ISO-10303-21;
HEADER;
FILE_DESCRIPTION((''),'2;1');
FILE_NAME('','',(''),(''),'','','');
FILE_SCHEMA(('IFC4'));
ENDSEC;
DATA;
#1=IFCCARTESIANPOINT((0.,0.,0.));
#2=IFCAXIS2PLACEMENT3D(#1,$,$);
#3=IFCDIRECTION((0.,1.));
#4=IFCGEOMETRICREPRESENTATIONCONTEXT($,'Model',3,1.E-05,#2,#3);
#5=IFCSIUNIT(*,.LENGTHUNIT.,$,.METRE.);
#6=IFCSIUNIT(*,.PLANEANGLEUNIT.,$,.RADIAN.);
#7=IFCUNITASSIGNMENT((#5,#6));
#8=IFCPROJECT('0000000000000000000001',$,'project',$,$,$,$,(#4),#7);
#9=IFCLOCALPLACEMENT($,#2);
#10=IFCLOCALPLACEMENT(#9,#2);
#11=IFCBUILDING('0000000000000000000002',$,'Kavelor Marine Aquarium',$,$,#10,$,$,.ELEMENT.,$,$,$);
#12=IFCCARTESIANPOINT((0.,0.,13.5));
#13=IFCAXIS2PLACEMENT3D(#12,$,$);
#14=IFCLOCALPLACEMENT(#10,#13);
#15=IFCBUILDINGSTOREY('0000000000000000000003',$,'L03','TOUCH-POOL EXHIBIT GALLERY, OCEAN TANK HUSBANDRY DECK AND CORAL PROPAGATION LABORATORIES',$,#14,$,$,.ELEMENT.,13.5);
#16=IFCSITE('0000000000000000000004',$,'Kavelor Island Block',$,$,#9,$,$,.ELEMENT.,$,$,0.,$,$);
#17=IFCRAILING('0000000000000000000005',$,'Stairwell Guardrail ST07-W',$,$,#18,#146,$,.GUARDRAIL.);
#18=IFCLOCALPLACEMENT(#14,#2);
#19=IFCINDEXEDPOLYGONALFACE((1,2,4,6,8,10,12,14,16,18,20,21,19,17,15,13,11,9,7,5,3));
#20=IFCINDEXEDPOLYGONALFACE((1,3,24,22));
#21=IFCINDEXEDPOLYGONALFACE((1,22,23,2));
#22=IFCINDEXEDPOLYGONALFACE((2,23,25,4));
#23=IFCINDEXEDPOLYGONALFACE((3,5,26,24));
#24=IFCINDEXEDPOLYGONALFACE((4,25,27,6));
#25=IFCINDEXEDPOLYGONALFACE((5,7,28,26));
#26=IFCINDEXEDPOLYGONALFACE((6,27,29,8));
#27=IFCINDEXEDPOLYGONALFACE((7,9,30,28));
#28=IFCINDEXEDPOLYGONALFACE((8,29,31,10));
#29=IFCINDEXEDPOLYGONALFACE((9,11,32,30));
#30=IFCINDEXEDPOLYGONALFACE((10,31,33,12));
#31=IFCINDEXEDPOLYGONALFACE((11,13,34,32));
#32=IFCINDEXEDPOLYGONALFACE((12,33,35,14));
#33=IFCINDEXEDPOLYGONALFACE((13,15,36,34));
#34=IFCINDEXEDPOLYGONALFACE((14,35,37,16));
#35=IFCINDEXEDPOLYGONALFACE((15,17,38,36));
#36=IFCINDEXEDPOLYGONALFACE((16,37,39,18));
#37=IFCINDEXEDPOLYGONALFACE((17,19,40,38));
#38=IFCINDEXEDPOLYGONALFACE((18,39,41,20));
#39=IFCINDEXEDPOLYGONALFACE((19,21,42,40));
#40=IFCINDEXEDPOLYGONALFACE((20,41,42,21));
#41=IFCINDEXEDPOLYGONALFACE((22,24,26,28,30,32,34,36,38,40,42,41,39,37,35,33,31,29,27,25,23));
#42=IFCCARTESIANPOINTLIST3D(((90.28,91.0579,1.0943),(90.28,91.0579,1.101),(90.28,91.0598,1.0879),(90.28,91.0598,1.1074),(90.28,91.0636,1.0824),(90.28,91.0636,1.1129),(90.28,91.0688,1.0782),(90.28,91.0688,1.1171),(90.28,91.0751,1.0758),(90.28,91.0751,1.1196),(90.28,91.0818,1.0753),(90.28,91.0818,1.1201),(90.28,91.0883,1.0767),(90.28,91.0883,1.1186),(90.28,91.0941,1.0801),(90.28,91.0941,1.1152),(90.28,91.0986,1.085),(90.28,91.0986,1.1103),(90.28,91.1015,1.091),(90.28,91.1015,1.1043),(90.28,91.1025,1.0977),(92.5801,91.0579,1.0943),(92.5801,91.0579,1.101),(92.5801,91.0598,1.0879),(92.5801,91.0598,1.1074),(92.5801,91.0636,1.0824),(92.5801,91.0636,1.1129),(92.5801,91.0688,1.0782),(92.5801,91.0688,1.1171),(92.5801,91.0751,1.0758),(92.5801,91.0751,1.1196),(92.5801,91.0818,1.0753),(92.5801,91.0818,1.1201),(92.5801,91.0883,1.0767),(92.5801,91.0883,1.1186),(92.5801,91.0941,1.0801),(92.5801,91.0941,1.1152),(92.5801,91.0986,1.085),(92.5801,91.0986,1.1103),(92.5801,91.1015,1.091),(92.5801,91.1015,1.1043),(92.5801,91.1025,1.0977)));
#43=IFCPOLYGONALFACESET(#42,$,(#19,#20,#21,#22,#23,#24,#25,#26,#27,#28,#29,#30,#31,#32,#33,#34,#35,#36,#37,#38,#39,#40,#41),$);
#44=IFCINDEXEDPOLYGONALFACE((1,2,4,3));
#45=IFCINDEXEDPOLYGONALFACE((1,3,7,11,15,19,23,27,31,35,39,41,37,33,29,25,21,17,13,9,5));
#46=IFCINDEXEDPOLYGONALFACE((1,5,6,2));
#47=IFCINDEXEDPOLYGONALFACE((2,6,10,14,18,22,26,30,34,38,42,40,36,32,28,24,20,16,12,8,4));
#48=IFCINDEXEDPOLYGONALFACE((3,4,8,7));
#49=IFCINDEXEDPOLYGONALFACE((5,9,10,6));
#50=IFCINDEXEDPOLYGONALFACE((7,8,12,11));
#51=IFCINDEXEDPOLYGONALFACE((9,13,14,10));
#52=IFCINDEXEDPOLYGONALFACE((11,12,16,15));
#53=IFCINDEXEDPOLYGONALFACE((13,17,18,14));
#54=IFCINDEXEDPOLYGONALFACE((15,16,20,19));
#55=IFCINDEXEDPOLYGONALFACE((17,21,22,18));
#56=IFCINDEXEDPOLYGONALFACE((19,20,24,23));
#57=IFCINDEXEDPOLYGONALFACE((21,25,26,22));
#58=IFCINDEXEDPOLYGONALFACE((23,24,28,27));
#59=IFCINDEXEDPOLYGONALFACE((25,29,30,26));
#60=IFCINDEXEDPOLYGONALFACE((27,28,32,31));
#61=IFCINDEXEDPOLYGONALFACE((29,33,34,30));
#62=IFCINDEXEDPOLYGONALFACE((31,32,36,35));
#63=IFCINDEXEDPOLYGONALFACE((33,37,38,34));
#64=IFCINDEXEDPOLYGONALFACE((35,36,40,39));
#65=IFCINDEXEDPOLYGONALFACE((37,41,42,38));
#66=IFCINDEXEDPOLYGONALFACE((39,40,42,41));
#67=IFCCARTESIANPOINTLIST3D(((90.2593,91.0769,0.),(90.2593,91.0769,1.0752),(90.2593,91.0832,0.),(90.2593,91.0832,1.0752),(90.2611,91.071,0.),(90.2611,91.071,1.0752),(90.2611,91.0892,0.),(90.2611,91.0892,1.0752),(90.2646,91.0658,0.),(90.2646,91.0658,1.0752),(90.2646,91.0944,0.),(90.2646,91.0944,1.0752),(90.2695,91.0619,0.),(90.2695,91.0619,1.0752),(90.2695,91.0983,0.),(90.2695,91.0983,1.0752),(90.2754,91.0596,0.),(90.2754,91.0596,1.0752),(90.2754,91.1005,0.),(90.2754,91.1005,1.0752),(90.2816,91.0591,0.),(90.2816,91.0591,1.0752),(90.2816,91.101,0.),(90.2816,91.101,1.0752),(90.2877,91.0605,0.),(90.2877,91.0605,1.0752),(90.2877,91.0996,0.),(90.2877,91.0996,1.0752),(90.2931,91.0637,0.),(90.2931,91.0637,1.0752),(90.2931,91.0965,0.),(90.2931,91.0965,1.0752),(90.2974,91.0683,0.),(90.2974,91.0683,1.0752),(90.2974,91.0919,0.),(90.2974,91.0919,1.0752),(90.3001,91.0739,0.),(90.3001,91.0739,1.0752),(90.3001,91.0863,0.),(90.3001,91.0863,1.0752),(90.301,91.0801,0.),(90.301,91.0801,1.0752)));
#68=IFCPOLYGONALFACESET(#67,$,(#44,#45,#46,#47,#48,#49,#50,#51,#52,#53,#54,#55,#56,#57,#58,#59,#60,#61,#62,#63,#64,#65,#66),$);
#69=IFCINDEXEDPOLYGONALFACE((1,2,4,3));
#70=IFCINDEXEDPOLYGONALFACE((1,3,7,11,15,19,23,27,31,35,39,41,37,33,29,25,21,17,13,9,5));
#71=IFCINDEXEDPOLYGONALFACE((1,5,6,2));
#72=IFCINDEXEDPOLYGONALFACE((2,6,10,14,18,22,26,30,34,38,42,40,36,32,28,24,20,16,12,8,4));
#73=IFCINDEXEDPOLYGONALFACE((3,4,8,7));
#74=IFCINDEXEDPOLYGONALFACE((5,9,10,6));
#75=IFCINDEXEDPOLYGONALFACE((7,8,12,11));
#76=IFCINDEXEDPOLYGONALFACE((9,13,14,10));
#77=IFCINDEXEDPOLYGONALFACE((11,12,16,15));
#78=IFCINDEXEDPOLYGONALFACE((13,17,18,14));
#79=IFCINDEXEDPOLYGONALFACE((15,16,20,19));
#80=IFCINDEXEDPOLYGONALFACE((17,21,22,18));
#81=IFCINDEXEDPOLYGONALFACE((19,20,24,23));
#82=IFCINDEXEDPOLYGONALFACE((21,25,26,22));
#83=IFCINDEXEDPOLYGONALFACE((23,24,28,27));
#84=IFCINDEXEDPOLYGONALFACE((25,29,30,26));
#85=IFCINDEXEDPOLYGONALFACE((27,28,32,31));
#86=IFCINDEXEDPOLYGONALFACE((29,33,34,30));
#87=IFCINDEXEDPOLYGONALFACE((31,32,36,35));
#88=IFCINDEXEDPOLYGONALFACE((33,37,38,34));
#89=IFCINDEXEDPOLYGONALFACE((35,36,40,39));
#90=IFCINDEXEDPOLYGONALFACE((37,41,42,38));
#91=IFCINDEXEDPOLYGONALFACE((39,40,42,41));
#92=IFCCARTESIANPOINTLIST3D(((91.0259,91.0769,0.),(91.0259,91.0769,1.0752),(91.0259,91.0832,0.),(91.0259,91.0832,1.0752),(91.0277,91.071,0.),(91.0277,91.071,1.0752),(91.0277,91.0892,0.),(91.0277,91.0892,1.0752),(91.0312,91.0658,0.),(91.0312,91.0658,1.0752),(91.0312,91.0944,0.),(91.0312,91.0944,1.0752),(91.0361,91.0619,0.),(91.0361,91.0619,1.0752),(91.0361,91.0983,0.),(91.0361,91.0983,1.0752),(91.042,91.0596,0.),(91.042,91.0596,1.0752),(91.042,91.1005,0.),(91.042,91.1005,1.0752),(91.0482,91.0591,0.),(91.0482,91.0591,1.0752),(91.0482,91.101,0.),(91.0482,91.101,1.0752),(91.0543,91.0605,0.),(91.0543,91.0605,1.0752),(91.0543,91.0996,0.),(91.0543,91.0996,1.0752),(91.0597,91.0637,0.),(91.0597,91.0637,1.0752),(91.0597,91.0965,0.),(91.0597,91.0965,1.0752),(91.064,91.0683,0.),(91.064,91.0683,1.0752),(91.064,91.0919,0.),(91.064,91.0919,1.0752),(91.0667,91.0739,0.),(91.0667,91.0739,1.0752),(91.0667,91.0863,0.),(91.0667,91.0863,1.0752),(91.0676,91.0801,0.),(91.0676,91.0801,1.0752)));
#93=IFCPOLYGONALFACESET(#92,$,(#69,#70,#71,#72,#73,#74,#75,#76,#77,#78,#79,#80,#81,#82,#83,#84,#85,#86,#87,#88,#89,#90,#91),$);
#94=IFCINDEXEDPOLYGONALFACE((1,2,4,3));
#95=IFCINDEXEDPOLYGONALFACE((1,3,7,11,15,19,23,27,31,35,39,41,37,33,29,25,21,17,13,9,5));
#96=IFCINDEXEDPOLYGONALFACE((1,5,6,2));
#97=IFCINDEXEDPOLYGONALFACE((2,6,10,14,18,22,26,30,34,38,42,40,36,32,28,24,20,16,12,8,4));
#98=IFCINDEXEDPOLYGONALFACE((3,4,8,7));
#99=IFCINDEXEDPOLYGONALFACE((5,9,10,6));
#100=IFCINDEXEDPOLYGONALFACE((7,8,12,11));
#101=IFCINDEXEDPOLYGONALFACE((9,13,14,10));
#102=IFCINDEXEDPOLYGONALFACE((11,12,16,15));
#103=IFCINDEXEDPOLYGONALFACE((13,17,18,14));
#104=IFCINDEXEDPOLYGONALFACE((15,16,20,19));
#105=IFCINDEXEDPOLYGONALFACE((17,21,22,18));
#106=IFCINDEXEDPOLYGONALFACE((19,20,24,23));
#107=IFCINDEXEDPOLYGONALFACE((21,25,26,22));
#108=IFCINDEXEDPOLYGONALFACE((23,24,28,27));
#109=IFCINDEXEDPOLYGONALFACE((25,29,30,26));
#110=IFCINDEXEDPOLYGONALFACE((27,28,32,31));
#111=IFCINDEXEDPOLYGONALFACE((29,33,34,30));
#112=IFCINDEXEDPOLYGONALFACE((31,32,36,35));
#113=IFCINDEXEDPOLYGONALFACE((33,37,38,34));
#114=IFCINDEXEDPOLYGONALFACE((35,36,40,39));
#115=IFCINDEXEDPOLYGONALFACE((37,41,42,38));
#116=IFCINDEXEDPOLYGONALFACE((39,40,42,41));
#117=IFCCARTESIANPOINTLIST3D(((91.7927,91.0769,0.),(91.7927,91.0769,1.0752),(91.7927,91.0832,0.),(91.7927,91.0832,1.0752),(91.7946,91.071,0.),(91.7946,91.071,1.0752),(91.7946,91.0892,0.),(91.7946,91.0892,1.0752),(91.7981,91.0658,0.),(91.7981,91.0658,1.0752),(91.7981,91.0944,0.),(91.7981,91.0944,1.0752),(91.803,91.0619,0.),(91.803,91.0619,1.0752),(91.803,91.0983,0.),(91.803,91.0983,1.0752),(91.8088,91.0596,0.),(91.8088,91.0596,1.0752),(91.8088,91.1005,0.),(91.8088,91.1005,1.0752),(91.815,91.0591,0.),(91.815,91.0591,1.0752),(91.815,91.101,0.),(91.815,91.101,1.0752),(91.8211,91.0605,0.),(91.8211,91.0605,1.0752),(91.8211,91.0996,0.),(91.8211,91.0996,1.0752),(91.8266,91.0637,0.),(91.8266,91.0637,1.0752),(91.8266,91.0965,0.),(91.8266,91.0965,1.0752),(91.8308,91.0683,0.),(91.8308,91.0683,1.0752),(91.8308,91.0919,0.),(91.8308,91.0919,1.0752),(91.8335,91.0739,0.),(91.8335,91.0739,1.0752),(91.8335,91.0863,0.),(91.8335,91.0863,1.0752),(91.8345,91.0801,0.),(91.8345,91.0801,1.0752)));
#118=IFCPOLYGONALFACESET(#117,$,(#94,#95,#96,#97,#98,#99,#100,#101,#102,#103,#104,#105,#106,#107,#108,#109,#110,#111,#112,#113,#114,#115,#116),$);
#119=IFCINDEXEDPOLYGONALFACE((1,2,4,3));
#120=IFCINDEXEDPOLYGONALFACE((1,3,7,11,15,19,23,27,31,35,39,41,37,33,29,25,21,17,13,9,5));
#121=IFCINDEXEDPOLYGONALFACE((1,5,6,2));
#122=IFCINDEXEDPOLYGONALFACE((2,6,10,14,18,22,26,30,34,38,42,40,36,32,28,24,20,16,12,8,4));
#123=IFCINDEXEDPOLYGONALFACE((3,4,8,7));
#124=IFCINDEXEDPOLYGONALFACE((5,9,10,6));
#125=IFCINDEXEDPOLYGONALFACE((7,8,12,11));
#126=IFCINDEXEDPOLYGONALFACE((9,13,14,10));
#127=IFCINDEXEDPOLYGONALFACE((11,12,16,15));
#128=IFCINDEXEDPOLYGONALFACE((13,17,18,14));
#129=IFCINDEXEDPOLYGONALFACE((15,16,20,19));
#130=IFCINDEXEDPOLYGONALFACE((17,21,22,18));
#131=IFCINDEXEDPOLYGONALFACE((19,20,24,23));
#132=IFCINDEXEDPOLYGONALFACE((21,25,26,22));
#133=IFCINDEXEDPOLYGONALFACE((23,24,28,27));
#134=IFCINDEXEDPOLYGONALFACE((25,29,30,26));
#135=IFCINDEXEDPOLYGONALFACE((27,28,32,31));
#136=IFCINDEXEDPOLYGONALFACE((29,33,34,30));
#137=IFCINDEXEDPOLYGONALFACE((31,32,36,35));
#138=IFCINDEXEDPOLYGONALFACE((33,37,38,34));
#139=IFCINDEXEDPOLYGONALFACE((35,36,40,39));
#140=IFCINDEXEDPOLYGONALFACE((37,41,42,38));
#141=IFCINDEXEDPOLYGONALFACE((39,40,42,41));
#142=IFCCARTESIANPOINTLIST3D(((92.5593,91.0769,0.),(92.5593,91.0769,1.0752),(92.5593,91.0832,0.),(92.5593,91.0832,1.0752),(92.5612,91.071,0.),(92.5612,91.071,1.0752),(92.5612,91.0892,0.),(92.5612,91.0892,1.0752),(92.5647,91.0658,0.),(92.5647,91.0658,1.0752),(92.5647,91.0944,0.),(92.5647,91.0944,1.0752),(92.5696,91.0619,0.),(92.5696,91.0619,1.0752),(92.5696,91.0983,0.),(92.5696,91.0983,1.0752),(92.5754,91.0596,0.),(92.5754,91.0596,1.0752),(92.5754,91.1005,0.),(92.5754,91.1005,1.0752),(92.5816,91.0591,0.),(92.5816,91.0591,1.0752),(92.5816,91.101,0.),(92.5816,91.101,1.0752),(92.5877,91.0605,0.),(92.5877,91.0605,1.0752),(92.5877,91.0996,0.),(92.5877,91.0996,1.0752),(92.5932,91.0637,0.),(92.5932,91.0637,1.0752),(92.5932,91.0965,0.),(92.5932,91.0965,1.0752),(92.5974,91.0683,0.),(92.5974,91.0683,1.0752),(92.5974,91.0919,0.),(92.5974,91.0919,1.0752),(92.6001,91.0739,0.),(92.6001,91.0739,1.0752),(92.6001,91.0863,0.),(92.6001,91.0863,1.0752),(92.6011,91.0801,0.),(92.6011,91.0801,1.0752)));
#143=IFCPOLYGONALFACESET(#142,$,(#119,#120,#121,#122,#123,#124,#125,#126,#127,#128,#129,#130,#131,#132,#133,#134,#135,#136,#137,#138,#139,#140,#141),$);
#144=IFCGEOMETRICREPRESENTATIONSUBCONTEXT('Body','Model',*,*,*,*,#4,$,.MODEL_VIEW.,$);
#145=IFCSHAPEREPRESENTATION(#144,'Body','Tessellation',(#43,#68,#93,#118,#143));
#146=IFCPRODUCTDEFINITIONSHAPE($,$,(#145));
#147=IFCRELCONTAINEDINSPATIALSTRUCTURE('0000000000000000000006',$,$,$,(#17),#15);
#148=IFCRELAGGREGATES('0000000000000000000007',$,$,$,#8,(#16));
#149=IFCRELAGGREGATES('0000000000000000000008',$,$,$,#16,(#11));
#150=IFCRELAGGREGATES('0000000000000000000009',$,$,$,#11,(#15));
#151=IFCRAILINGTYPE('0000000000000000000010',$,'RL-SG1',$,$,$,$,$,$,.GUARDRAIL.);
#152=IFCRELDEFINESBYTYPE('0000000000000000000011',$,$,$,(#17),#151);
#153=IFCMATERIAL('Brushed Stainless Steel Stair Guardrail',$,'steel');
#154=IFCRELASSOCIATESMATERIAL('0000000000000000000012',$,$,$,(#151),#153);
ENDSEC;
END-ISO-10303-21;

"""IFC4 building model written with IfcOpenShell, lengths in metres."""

from ifc_helpers import new_model, si_unit, direction, frame, origin, origin_2d, place, context, subcontext, project, spatial, circle, extrude, material, type_object, element, save


model = new_model("IFC4")

# Units and contexts
model_context = context("Model", 3, precision=1e-05, world=origin(), true_north=direction((0.0, 1.0)))
body_context = subcontext(model_context, "Body", "Model", "MODEL_VIEW")
ifc_project = project(units=[si_unit("LENGTHUNIT", "METRE"), si_unit("PLANEANGLEUNIT", "RADIAN")], contexts=[model_context])

# Site, building, storey
site_placement = place(None, origin())
site = spatial("IfcSite", under=ifc_project, at=site_placement, Name="Kavelor Island Block", CompositionType="ELEMENT", RefElevation=0.0)
building_placement = place(site_placement, origin())
building = spatial("IfcBuilding", under=site, at=building_placement, Name="Kavelor Marine Aquarium", CompositionType="ELEMENT")
storey_placement = place(building_placement, frame((0.0, 0.0, 13.5)))
storey = spatial("IfcBuildingStorey", under=building, at=storey_placement, Name="L03", Description="TOUCH-POOL EXHIBIT GALLERY, OCEAN TANK HUSBANDRY DECK AND CORAL PROPAGATION LABORATORIES", CompositionType="ELEMENT", Elevation=13.5)

# Railing
ifc_material_1 = material(Name="Brushed Stainless Steel Stair Guardrail", Category="steel")
railing_type_1 = type_object("IfcRailingType", Name="RL-SG1", PredefinedType="GUARDRAIL", material=ifc_material_1)
railing_1_placement = place(storey_placement, frame((90.28, 91.0801, 0.0)))
element("IfcRailing", 1, at=railing_1_placement, inside=storey, type_object=railing_type_1, Name="Stairwell Guardrail ST07-W", PredefinedType="GUARDRAIL", context=body_context, shape_type="SweptSolid", body=[
    extrude(circle(Radius=0.0225, at=origin_2d()), frame((0.0, 0.0, 1.0977), z_axis=(1.0, 0.0, 0.0), x_axis=(0.0, 1.0, 0.0)), (0.0, 0.0, 1.0), 2.3),
    extrude(circle(Radius=0.021, at=origin_2d()), origin(), (0.0, 0.0, 1.0), 1.0752),
    extrude(circle(Radius=0.021, at=origin_2d()), frame((0.7666, 0.0, 0.0)), (0.0, 0.0, 1.0), 1.0752),
    extrude(circle(Radius=0.021, at=origin_2d()), frame((1.5334, 0.0, 0.0)), (0.0, 0.0, 1.0), 1.0752),
    extrude(circle(Radius=0.021, at=origin_2d()), frame((2.3, 0.0, 0.0)), (0.0, 0.0, 1.0), 1.0752),
])

save(model, "model.ifc")
